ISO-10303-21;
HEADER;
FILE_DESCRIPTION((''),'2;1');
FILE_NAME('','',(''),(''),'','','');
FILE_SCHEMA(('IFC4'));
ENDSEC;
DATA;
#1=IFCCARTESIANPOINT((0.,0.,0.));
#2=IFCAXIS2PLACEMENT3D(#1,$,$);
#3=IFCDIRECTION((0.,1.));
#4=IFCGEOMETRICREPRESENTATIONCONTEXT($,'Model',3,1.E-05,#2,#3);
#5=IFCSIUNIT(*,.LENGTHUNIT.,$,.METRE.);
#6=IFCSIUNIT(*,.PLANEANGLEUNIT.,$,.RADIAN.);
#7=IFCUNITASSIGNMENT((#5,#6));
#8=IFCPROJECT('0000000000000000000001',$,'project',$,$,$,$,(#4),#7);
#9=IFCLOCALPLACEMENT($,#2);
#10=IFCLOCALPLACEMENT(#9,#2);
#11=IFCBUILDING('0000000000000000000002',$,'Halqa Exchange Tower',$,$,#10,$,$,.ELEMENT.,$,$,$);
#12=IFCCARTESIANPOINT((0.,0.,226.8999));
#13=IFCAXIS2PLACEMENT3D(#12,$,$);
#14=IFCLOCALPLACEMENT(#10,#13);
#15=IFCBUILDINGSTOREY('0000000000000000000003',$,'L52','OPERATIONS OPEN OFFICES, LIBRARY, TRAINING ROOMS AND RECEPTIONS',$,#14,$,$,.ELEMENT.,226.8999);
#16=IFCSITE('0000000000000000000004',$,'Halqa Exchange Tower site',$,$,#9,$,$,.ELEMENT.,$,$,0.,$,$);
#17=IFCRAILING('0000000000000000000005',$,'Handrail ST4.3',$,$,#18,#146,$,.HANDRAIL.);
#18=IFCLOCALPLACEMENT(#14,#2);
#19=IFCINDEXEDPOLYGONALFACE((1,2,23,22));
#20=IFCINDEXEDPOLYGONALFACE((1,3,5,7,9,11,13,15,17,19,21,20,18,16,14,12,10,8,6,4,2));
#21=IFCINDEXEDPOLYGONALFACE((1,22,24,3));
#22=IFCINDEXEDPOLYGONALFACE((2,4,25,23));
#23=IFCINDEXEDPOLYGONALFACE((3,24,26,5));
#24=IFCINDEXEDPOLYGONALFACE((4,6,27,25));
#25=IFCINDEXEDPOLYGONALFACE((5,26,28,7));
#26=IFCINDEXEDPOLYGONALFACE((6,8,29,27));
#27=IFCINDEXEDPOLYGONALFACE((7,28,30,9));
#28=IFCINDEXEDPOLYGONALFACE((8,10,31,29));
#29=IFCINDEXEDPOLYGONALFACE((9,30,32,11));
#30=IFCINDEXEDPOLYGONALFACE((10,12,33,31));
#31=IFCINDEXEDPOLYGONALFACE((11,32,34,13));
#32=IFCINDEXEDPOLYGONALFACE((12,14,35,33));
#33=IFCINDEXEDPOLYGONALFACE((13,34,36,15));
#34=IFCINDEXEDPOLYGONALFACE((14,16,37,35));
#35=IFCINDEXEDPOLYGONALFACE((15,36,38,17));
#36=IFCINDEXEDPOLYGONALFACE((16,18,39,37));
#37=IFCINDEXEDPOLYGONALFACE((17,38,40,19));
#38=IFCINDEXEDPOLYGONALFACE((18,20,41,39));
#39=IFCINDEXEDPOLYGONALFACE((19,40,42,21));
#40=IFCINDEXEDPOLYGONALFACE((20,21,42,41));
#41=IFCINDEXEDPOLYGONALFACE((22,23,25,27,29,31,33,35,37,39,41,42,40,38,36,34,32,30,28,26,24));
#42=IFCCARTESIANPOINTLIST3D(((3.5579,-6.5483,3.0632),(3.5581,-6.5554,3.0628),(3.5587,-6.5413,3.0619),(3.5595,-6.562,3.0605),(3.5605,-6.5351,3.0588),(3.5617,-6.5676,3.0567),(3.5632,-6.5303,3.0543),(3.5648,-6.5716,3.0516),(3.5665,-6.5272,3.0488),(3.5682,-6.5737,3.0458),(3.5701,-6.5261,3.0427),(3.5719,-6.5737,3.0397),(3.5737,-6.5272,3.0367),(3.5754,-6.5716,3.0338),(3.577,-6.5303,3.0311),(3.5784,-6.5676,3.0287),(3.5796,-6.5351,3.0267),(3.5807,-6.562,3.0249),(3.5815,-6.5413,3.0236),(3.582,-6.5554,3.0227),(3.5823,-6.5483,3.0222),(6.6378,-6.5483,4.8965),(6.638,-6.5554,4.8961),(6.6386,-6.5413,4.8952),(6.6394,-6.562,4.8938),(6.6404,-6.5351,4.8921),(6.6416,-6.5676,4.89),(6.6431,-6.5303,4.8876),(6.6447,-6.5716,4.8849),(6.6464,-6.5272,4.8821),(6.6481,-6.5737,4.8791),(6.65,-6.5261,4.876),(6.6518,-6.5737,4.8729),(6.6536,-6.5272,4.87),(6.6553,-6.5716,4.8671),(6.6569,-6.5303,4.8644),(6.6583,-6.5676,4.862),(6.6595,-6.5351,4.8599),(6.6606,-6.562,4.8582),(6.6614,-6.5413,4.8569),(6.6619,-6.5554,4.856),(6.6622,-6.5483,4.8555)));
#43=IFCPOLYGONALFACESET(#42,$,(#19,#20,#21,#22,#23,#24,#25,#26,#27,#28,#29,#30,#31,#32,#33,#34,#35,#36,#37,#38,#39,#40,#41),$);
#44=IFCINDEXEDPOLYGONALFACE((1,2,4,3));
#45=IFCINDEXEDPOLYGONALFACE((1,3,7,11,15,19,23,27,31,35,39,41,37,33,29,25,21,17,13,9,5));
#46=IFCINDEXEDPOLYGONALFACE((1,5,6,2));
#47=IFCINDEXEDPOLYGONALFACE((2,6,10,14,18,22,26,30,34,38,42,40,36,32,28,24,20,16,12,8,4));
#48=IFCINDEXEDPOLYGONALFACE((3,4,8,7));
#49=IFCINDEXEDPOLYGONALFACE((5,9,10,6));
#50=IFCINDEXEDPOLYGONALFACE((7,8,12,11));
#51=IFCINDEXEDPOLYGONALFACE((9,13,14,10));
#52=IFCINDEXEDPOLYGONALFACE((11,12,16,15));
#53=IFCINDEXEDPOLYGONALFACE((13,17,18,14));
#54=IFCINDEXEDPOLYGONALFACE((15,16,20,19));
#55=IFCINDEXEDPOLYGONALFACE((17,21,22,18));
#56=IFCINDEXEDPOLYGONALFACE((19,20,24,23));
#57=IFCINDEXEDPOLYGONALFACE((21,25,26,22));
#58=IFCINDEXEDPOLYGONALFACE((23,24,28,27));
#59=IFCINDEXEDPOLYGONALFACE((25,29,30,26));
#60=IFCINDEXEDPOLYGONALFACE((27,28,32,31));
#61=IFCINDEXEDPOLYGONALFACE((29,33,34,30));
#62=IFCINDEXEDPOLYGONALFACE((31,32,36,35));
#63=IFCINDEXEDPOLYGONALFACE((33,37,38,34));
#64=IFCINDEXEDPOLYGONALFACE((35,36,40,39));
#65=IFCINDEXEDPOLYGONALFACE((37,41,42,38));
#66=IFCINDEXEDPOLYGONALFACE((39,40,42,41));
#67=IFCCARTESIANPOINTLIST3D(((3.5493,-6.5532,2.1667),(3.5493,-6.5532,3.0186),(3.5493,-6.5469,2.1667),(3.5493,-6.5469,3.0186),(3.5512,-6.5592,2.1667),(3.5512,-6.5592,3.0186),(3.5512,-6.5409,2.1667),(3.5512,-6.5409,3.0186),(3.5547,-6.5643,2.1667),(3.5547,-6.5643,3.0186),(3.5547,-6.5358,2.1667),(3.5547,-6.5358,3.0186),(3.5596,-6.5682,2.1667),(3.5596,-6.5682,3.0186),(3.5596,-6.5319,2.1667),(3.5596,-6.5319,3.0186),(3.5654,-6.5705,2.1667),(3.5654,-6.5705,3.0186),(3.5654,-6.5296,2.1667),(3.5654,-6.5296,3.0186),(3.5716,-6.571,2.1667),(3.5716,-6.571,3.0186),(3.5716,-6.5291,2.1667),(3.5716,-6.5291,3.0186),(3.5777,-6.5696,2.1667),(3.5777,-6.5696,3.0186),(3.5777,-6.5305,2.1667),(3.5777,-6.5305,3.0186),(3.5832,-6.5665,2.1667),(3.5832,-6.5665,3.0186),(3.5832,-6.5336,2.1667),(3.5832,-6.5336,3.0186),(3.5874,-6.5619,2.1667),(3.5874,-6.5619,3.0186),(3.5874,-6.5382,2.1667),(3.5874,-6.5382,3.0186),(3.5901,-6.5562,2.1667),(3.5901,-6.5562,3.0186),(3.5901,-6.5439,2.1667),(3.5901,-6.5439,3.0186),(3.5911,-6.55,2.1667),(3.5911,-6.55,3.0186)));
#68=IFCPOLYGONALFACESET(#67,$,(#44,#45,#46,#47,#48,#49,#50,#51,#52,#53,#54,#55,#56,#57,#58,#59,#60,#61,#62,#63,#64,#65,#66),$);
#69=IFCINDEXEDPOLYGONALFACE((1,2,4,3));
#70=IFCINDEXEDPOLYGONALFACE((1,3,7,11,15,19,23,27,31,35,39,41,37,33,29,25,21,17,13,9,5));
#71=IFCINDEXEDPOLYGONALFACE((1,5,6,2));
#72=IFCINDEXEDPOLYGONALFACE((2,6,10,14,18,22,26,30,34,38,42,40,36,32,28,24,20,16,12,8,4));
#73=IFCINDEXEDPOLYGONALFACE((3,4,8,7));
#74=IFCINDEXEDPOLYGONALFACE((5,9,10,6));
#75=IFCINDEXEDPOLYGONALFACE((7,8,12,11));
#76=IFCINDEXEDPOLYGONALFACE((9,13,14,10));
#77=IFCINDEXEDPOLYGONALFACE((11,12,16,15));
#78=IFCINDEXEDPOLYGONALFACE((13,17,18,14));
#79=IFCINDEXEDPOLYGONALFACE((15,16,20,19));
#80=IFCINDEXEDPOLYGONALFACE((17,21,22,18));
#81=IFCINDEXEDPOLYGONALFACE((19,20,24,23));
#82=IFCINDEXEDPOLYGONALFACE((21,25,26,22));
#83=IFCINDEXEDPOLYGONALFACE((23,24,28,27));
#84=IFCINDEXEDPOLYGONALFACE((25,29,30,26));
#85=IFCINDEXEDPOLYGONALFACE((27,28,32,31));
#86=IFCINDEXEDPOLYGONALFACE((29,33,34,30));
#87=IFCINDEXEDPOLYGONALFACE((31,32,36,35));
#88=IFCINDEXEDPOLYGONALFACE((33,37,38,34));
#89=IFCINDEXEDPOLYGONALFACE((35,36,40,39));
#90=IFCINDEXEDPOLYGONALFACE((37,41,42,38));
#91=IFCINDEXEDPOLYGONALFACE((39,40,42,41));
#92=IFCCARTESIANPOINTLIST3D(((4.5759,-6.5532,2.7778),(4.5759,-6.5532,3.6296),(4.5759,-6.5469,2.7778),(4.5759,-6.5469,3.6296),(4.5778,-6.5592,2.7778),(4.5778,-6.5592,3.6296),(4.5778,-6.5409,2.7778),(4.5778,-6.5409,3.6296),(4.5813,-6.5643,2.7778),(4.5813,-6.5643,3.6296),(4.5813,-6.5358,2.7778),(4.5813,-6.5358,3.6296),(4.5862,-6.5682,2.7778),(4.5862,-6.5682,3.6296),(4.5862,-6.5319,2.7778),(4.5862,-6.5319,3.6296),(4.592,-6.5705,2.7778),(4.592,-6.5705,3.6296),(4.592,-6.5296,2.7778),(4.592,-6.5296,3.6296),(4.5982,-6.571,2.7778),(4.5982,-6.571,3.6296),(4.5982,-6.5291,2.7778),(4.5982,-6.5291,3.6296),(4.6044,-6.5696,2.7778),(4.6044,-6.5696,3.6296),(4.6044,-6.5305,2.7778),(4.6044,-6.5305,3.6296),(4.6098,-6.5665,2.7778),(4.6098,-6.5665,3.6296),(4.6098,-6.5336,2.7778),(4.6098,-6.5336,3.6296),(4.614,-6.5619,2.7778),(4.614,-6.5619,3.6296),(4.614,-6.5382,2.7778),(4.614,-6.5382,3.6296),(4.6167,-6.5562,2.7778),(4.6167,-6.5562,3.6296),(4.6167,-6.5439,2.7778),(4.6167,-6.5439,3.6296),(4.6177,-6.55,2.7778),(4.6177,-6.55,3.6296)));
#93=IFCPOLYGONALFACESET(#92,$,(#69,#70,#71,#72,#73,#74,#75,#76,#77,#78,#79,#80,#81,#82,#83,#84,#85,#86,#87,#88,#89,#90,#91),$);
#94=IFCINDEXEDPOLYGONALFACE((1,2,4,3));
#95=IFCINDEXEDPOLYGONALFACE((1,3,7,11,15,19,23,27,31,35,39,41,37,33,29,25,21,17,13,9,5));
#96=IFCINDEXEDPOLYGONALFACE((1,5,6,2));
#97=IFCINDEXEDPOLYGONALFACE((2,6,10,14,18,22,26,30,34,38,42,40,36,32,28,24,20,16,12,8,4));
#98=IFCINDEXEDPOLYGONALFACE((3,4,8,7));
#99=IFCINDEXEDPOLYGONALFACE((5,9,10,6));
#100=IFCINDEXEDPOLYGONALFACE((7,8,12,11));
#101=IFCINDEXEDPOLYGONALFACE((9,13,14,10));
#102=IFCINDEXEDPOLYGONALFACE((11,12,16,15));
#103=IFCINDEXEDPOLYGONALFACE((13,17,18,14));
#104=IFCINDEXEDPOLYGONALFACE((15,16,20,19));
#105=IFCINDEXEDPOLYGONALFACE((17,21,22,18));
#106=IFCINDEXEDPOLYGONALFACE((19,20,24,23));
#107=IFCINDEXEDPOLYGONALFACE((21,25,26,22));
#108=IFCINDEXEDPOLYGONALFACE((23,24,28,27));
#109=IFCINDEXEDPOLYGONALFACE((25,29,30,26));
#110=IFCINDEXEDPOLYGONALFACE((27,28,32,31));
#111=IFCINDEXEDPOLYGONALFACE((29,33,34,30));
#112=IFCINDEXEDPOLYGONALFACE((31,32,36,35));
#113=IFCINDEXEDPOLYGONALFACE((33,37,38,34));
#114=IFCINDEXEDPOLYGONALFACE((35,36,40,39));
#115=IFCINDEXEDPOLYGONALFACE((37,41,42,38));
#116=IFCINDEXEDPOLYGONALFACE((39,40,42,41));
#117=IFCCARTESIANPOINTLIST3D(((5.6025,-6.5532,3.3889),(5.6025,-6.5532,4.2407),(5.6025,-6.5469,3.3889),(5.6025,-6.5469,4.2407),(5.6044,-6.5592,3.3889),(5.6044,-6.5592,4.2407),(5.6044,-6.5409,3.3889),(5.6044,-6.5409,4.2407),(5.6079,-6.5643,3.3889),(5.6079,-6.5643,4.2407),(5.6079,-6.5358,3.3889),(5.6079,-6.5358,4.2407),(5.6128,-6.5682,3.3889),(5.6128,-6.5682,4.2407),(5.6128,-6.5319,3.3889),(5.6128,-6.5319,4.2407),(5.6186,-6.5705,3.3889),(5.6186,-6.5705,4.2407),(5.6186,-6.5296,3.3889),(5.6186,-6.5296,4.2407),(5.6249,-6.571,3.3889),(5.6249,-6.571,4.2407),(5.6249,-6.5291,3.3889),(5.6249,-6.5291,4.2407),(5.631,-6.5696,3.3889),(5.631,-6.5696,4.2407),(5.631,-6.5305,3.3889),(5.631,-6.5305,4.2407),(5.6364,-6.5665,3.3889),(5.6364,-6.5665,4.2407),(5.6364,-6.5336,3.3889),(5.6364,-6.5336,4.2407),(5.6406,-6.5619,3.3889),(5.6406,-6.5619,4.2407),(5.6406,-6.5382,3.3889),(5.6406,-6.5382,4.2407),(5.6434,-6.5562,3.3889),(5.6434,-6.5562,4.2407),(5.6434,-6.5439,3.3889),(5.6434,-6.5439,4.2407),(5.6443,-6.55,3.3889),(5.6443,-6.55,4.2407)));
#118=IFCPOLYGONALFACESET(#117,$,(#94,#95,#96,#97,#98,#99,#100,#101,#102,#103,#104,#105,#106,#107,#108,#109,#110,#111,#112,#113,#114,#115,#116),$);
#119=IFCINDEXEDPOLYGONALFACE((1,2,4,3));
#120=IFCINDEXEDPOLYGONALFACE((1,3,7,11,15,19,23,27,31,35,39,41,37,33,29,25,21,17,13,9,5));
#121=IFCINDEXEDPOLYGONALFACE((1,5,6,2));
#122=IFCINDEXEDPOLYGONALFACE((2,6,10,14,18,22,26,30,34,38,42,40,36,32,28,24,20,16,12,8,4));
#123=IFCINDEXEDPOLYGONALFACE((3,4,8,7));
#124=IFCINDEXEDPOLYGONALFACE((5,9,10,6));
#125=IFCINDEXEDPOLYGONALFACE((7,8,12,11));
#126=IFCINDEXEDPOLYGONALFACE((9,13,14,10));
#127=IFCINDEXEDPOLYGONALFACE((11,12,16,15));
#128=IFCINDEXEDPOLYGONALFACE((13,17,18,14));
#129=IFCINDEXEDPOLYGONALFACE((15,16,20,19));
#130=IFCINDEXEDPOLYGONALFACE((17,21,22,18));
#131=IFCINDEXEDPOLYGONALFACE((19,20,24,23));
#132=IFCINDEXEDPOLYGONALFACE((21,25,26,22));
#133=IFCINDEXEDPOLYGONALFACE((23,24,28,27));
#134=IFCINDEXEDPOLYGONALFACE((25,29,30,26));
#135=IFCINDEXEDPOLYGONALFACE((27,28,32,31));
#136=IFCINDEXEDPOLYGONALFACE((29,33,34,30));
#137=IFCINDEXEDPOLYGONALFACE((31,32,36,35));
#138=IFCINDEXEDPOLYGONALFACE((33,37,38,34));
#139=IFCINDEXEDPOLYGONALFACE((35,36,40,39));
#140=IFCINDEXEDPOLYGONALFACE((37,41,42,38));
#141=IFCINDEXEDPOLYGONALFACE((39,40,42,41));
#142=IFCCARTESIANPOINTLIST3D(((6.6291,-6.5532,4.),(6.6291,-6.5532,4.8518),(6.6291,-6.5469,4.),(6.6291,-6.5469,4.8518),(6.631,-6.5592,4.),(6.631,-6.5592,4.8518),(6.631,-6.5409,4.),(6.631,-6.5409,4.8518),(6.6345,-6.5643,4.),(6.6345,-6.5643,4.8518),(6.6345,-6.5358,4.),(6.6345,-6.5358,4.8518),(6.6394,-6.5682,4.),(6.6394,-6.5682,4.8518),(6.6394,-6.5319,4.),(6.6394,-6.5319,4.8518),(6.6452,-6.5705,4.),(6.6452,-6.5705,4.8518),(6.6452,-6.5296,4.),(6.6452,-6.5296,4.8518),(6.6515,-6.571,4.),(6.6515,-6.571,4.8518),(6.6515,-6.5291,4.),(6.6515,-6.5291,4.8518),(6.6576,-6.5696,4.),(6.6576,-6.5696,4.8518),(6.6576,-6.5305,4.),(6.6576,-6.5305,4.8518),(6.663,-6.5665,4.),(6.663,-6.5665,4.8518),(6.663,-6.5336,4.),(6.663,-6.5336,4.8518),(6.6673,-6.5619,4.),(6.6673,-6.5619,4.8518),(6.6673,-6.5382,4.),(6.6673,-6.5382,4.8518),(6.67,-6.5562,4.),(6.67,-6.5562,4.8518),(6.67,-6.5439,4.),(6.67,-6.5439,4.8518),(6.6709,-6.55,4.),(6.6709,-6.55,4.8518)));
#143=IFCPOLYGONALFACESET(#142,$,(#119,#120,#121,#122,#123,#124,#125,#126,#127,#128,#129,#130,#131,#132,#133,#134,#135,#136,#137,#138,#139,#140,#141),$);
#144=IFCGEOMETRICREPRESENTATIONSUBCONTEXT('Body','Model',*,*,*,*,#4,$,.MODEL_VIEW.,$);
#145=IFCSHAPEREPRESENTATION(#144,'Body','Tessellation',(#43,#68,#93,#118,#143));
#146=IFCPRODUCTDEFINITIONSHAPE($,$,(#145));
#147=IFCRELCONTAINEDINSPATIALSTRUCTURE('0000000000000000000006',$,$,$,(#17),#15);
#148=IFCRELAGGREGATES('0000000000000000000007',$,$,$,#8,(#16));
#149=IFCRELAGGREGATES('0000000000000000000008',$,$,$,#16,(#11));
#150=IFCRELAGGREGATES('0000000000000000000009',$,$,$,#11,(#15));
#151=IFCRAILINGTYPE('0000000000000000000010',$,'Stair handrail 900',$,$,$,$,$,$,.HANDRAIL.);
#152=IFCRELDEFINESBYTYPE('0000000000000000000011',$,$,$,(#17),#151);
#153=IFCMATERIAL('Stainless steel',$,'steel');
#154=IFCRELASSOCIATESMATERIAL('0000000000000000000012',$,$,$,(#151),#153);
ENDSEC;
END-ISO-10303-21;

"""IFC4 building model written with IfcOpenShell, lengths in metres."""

from ifc_helpers import new_model, si_unit, direction, frame, origin, origin_2d, place, context, subcontext, project, spatial, circle, extrude, material, type_object, element, save


model = new_model("IFC4")

# Units and contexts
model_context = context("Model", 3, precision=1e-05, world=origin(), true_north=direction((0.0, 1.0)))
body_context = subcontext(model_context, "Body", "Model", "MODEL_VIEW")
ifc_project = project(units=[si_unit("LENGTHUNIT", "METRE"), si_unit("PLANEANGLEUNIT", "RADIAN")], contexts=[model_context])

# Site, building, storey
site_placement = place(None, origin())
site = spatial("IfcSite", under=ifc_project, at=site_placement, Name="Halqa Exchange Tower site", CompositionType="ELEMENT", RefElevation=0.0)
building_placement = place(site_placement, origin())
building = spatial("IfcBuilding", under=site, at=building_placement, Name="Halqa Exchange Tower", CompositionType="ELEMENT")
storey_placement = place(building_placement, frame((0.0, 0.0, 226.8999)))
storey = spatial("IfcBuildingStorey", under=building, at=storey_placement, Name="L52", Description="OPERATIONS OPEN OFFICES, LIBRARY, TRAINING ROOMS AND RECEPTIONS", CompositionType="ELEMENT", Elevation=226.8999)

# Railing
ifc_material_1 = material(Name="Stainless steel", Category="steel")
railing_type_1 = type_object("IfcRailingType", Name="Stair handrail 900", PredefinedType="HANDRAIL", material=ifc_material_1)
railing_1_placement = place(storey_placement, frame((3.5701, -6.55, 2.1667)))
element("IfcRailing", 1, at=railing_1_placement, inside=storey, type_object=railing_type_1, Name="Handrail ST4.3", PredefinedType="HANDRAIL", context=body_context, shape_type="SweptSolid", body=[
    extrude(circle(Radius=0.0239, at=origin_2d()), frame((0.0, 0.0, 0.876), z_axis=(0.859291, 0.0, 0.511487), x_axis=(0.0, 1.0, 0.0)), (0.0, 0.0, 1.0), 3.5842),
    extrude(circle(Radius=0.021, at=origin_2d()), origin(), (0.0, 0.0, 1.0), 0.8518),
    extrude(circle(Radius=0.021, at=origin_2d()), frame((1.0266, 0.0, 0.6111)), (0.0, 0.0, 1.0), 0.8518),
    extrude(circle(Radius=0.021, at=origin_2d()), frame((2.0532, 0.0, 1.2222)), (0.0, 0.0, 1.0), 0.8518),
    extrude(circle(Radius=0.021, at=origin_2d()), frame((3.0798, 0.0, 1.8333)), (0.0, 0.0, 1.0), 0.8518),
])

save(model, "model.ifc")
